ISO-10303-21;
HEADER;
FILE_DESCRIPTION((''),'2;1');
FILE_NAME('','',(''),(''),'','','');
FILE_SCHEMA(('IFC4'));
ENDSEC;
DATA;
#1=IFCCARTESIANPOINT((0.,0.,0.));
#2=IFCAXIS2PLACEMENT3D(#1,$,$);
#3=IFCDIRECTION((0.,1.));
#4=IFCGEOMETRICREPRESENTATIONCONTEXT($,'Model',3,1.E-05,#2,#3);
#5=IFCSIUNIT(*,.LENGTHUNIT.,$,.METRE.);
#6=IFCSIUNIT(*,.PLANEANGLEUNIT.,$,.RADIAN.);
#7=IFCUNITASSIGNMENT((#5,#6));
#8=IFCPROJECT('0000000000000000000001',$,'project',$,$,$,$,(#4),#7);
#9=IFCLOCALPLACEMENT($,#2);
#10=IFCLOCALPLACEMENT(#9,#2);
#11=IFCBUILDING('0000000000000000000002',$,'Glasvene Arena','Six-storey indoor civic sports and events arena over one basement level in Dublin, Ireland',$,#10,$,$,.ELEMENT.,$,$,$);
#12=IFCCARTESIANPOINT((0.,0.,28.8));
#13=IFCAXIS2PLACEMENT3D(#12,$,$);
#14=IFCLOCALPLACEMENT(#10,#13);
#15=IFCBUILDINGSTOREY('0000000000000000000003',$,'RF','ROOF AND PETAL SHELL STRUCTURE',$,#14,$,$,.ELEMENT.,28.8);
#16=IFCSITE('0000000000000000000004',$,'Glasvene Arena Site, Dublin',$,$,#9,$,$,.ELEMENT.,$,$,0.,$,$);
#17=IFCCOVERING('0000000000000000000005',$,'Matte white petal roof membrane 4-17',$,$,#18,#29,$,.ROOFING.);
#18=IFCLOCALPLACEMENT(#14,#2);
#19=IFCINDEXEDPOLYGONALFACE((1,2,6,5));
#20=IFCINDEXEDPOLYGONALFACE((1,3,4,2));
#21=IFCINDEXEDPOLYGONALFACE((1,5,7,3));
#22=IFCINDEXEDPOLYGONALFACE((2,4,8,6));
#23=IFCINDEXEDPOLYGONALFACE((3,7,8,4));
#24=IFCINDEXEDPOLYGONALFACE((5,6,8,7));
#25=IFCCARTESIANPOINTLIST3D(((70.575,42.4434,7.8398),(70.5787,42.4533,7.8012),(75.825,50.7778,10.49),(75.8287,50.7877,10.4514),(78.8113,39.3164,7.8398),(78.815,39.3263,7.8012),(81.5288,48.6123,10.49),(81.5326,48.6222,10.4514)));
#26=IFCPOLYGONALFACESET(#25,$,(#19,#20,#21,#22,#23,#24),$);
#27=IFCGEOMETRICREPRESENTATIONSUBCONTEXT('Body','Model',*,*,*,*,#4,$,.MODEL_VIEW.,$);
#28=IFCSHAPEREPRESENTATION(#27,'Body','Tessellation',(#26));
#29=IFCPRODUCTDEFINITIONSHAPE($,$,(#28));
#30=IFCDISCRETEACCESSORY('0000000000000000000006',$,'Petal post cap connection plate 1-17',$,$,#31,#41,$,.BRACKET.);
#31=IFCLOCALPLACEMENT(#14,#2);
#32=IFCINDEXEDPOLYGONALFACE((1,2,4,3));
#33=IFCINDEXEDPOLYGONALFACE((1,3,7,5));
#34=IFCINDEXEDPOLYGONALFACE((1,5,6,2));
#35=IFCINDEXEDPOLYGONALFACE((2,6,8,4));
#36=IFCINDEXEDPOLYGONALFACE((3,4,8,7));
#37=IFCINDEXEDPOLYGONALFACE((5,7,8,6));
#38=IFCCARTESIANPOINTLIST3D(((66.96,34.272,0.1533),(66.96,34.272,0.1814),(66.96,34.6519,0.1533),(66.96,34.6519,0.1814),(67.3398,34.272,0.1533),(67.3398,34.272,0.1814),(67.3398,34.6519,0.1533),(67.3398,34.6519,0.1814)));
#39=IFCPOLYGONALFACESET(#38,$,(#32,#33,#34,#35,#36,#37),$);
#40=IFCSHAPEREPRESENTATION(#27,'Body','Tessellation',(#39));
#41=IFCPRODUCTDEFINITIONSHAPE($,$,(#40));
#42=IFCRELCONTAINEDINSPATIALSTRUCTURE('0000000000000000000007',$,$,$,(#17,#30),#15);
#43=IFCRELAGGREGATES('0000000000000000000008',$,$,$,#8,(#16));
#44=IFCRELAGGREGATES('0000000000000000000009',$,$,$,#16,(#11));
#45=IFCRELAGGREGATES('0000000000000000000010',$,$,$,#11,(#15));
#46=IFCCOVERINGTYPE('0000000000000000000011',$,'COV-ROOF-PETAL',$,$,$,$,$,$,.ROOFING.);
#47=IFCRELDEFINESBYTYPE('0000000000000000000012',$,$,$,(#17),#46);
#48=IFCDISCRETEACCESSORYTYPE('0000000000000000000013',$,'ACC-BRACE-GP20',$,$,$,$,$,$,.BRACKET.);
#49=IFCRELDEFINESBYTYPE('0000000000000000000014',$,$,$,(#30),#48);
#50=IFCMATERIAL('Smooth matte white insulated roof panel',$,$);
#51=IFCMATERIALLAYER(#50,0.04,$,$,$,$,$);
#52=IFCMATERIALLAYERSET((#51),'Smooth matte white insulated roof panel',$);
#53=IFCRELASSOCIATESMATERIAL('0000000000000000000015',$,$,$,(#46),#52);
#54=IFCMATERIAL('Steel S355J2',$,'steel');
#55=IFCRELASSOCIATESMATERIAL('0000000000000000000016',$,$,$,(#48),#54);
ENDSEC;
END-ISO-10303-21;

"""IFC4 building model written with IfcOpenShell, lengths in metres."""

from ifc_helpers import new_model, si_unit, direction, frame, origin, origin_2d, place, context, subcontext, project, spatial, polyline, rectangle, outline, extrude, material, layer, layer_set, type_object, element, save


model = new_model("IFC4")

# Units and contexts
model_context = context("Model", 3, precision=1e-05, world=origin(), true_north=direction((0.0, 1.0)))
body_context = subcontext(model_context, "Body", "Model", "MODEL_VIEW")
ifc_project = project(units=[si_unit("LENGTHUNIT", "METRE"), si_unit("PLANEANGLEUNIT", "RADIAN")], contexts=[model_context])

# Site, building, storey
site_placement = place(None, origin())
site = spatial("IfcSite", under=ifc_project, at=site_placement, Name="Glasvene Arena Site, Dublin", CompositionType="ELEMENT", RefElevation=0.0)
building_placement = place(site_placement, origin())
building = spatial("IfcBuilding", under=site, at=building_placement, Name="Glasvene Arena", Description="Six-storey indoor civic sports and events arena over one basement level in Dublin, Ireland", CompositionType="ELEMENT")
storey_placement = place(building_placement, frame((0.0, 0.0, 28.8)))
storey = spatial("IfcBuildingStorey", under=building, at=storey_placement, Name="RF", Description="ROOF AND PETAL SHELL STRUCTURE", CompositionType="ELEMENT", Elevation=28.8)

# Shared definitions
ifc_material_1 = material(Name="Steel S355J2", Category="steel")

# Shared definitions
ifc_material_2 = material(Name="Smooth matte white insulated roof panel")

# Covering
ifc_layer_1 = layer(ifc_material_2, 0.04)
ifc_layer_set_1 = layer_set([ifc_layer_1], Name="Smooth matte white insulated roof panel")
covering_type = type_object("IfcCoveringType", Name="COV-ROOF-PETAL", PredefinedType="ROOFING", material=ifc_layer_set_1)
covering_1_placement = place(storey_placement, frame((70.575, 42.4434, 7.8398), z_axis=(-0.093948, -0.247455, 0.964334), x_axis=(0.934891, -0.354935, 0.000001)))
element("IfcCovering", 1, at=covering_1_placement, inside=storey, type_object=covering_type, Name="Matte white petal roof membrane 4-17", PredefinedType="ROOFING", context=body_context, shape_type="SweptSolid", body=[
    extrude(outline(polyline([(0.0, 0.0), (8.8099, 0.0), (8.0511, 10.0123), (1.95, 10.0123), (0.0, 0.0)])), origin(), (0.0, 0.0, -1.0), 0.04),
])

# Discrete accessory
discrete_accessory_type = type_object("IfcDiscreteAccessoryType", Name="ACC-BRACE-GP20", PredefinedType="BRACKET", material=ifc_material_1)
discrete_accessory_placement = place(storey_placement, frame((67.1499, 34.4619, 0.1533), z_axis=(0.0, 0.0, 1.0), x_axis=(1.0, 0.0, 0.0)))
element("IfcDiscreteAccessory", 2, at=discrete_accessory_placement, inside=storey, type_object=discrete_accessory_type, Name="Petal post cap connection plate 1-17", PredefinedType="BRACKET", context=body_context, shape_type="SweptSolid", body=[
    extrude(rectangle(XDim=0.3799, YDim=0.3799, at=origin_2d()), origin(), (0.0, 0.0, 1.0), 0.0281),
])

save(model, "model.ifc")
